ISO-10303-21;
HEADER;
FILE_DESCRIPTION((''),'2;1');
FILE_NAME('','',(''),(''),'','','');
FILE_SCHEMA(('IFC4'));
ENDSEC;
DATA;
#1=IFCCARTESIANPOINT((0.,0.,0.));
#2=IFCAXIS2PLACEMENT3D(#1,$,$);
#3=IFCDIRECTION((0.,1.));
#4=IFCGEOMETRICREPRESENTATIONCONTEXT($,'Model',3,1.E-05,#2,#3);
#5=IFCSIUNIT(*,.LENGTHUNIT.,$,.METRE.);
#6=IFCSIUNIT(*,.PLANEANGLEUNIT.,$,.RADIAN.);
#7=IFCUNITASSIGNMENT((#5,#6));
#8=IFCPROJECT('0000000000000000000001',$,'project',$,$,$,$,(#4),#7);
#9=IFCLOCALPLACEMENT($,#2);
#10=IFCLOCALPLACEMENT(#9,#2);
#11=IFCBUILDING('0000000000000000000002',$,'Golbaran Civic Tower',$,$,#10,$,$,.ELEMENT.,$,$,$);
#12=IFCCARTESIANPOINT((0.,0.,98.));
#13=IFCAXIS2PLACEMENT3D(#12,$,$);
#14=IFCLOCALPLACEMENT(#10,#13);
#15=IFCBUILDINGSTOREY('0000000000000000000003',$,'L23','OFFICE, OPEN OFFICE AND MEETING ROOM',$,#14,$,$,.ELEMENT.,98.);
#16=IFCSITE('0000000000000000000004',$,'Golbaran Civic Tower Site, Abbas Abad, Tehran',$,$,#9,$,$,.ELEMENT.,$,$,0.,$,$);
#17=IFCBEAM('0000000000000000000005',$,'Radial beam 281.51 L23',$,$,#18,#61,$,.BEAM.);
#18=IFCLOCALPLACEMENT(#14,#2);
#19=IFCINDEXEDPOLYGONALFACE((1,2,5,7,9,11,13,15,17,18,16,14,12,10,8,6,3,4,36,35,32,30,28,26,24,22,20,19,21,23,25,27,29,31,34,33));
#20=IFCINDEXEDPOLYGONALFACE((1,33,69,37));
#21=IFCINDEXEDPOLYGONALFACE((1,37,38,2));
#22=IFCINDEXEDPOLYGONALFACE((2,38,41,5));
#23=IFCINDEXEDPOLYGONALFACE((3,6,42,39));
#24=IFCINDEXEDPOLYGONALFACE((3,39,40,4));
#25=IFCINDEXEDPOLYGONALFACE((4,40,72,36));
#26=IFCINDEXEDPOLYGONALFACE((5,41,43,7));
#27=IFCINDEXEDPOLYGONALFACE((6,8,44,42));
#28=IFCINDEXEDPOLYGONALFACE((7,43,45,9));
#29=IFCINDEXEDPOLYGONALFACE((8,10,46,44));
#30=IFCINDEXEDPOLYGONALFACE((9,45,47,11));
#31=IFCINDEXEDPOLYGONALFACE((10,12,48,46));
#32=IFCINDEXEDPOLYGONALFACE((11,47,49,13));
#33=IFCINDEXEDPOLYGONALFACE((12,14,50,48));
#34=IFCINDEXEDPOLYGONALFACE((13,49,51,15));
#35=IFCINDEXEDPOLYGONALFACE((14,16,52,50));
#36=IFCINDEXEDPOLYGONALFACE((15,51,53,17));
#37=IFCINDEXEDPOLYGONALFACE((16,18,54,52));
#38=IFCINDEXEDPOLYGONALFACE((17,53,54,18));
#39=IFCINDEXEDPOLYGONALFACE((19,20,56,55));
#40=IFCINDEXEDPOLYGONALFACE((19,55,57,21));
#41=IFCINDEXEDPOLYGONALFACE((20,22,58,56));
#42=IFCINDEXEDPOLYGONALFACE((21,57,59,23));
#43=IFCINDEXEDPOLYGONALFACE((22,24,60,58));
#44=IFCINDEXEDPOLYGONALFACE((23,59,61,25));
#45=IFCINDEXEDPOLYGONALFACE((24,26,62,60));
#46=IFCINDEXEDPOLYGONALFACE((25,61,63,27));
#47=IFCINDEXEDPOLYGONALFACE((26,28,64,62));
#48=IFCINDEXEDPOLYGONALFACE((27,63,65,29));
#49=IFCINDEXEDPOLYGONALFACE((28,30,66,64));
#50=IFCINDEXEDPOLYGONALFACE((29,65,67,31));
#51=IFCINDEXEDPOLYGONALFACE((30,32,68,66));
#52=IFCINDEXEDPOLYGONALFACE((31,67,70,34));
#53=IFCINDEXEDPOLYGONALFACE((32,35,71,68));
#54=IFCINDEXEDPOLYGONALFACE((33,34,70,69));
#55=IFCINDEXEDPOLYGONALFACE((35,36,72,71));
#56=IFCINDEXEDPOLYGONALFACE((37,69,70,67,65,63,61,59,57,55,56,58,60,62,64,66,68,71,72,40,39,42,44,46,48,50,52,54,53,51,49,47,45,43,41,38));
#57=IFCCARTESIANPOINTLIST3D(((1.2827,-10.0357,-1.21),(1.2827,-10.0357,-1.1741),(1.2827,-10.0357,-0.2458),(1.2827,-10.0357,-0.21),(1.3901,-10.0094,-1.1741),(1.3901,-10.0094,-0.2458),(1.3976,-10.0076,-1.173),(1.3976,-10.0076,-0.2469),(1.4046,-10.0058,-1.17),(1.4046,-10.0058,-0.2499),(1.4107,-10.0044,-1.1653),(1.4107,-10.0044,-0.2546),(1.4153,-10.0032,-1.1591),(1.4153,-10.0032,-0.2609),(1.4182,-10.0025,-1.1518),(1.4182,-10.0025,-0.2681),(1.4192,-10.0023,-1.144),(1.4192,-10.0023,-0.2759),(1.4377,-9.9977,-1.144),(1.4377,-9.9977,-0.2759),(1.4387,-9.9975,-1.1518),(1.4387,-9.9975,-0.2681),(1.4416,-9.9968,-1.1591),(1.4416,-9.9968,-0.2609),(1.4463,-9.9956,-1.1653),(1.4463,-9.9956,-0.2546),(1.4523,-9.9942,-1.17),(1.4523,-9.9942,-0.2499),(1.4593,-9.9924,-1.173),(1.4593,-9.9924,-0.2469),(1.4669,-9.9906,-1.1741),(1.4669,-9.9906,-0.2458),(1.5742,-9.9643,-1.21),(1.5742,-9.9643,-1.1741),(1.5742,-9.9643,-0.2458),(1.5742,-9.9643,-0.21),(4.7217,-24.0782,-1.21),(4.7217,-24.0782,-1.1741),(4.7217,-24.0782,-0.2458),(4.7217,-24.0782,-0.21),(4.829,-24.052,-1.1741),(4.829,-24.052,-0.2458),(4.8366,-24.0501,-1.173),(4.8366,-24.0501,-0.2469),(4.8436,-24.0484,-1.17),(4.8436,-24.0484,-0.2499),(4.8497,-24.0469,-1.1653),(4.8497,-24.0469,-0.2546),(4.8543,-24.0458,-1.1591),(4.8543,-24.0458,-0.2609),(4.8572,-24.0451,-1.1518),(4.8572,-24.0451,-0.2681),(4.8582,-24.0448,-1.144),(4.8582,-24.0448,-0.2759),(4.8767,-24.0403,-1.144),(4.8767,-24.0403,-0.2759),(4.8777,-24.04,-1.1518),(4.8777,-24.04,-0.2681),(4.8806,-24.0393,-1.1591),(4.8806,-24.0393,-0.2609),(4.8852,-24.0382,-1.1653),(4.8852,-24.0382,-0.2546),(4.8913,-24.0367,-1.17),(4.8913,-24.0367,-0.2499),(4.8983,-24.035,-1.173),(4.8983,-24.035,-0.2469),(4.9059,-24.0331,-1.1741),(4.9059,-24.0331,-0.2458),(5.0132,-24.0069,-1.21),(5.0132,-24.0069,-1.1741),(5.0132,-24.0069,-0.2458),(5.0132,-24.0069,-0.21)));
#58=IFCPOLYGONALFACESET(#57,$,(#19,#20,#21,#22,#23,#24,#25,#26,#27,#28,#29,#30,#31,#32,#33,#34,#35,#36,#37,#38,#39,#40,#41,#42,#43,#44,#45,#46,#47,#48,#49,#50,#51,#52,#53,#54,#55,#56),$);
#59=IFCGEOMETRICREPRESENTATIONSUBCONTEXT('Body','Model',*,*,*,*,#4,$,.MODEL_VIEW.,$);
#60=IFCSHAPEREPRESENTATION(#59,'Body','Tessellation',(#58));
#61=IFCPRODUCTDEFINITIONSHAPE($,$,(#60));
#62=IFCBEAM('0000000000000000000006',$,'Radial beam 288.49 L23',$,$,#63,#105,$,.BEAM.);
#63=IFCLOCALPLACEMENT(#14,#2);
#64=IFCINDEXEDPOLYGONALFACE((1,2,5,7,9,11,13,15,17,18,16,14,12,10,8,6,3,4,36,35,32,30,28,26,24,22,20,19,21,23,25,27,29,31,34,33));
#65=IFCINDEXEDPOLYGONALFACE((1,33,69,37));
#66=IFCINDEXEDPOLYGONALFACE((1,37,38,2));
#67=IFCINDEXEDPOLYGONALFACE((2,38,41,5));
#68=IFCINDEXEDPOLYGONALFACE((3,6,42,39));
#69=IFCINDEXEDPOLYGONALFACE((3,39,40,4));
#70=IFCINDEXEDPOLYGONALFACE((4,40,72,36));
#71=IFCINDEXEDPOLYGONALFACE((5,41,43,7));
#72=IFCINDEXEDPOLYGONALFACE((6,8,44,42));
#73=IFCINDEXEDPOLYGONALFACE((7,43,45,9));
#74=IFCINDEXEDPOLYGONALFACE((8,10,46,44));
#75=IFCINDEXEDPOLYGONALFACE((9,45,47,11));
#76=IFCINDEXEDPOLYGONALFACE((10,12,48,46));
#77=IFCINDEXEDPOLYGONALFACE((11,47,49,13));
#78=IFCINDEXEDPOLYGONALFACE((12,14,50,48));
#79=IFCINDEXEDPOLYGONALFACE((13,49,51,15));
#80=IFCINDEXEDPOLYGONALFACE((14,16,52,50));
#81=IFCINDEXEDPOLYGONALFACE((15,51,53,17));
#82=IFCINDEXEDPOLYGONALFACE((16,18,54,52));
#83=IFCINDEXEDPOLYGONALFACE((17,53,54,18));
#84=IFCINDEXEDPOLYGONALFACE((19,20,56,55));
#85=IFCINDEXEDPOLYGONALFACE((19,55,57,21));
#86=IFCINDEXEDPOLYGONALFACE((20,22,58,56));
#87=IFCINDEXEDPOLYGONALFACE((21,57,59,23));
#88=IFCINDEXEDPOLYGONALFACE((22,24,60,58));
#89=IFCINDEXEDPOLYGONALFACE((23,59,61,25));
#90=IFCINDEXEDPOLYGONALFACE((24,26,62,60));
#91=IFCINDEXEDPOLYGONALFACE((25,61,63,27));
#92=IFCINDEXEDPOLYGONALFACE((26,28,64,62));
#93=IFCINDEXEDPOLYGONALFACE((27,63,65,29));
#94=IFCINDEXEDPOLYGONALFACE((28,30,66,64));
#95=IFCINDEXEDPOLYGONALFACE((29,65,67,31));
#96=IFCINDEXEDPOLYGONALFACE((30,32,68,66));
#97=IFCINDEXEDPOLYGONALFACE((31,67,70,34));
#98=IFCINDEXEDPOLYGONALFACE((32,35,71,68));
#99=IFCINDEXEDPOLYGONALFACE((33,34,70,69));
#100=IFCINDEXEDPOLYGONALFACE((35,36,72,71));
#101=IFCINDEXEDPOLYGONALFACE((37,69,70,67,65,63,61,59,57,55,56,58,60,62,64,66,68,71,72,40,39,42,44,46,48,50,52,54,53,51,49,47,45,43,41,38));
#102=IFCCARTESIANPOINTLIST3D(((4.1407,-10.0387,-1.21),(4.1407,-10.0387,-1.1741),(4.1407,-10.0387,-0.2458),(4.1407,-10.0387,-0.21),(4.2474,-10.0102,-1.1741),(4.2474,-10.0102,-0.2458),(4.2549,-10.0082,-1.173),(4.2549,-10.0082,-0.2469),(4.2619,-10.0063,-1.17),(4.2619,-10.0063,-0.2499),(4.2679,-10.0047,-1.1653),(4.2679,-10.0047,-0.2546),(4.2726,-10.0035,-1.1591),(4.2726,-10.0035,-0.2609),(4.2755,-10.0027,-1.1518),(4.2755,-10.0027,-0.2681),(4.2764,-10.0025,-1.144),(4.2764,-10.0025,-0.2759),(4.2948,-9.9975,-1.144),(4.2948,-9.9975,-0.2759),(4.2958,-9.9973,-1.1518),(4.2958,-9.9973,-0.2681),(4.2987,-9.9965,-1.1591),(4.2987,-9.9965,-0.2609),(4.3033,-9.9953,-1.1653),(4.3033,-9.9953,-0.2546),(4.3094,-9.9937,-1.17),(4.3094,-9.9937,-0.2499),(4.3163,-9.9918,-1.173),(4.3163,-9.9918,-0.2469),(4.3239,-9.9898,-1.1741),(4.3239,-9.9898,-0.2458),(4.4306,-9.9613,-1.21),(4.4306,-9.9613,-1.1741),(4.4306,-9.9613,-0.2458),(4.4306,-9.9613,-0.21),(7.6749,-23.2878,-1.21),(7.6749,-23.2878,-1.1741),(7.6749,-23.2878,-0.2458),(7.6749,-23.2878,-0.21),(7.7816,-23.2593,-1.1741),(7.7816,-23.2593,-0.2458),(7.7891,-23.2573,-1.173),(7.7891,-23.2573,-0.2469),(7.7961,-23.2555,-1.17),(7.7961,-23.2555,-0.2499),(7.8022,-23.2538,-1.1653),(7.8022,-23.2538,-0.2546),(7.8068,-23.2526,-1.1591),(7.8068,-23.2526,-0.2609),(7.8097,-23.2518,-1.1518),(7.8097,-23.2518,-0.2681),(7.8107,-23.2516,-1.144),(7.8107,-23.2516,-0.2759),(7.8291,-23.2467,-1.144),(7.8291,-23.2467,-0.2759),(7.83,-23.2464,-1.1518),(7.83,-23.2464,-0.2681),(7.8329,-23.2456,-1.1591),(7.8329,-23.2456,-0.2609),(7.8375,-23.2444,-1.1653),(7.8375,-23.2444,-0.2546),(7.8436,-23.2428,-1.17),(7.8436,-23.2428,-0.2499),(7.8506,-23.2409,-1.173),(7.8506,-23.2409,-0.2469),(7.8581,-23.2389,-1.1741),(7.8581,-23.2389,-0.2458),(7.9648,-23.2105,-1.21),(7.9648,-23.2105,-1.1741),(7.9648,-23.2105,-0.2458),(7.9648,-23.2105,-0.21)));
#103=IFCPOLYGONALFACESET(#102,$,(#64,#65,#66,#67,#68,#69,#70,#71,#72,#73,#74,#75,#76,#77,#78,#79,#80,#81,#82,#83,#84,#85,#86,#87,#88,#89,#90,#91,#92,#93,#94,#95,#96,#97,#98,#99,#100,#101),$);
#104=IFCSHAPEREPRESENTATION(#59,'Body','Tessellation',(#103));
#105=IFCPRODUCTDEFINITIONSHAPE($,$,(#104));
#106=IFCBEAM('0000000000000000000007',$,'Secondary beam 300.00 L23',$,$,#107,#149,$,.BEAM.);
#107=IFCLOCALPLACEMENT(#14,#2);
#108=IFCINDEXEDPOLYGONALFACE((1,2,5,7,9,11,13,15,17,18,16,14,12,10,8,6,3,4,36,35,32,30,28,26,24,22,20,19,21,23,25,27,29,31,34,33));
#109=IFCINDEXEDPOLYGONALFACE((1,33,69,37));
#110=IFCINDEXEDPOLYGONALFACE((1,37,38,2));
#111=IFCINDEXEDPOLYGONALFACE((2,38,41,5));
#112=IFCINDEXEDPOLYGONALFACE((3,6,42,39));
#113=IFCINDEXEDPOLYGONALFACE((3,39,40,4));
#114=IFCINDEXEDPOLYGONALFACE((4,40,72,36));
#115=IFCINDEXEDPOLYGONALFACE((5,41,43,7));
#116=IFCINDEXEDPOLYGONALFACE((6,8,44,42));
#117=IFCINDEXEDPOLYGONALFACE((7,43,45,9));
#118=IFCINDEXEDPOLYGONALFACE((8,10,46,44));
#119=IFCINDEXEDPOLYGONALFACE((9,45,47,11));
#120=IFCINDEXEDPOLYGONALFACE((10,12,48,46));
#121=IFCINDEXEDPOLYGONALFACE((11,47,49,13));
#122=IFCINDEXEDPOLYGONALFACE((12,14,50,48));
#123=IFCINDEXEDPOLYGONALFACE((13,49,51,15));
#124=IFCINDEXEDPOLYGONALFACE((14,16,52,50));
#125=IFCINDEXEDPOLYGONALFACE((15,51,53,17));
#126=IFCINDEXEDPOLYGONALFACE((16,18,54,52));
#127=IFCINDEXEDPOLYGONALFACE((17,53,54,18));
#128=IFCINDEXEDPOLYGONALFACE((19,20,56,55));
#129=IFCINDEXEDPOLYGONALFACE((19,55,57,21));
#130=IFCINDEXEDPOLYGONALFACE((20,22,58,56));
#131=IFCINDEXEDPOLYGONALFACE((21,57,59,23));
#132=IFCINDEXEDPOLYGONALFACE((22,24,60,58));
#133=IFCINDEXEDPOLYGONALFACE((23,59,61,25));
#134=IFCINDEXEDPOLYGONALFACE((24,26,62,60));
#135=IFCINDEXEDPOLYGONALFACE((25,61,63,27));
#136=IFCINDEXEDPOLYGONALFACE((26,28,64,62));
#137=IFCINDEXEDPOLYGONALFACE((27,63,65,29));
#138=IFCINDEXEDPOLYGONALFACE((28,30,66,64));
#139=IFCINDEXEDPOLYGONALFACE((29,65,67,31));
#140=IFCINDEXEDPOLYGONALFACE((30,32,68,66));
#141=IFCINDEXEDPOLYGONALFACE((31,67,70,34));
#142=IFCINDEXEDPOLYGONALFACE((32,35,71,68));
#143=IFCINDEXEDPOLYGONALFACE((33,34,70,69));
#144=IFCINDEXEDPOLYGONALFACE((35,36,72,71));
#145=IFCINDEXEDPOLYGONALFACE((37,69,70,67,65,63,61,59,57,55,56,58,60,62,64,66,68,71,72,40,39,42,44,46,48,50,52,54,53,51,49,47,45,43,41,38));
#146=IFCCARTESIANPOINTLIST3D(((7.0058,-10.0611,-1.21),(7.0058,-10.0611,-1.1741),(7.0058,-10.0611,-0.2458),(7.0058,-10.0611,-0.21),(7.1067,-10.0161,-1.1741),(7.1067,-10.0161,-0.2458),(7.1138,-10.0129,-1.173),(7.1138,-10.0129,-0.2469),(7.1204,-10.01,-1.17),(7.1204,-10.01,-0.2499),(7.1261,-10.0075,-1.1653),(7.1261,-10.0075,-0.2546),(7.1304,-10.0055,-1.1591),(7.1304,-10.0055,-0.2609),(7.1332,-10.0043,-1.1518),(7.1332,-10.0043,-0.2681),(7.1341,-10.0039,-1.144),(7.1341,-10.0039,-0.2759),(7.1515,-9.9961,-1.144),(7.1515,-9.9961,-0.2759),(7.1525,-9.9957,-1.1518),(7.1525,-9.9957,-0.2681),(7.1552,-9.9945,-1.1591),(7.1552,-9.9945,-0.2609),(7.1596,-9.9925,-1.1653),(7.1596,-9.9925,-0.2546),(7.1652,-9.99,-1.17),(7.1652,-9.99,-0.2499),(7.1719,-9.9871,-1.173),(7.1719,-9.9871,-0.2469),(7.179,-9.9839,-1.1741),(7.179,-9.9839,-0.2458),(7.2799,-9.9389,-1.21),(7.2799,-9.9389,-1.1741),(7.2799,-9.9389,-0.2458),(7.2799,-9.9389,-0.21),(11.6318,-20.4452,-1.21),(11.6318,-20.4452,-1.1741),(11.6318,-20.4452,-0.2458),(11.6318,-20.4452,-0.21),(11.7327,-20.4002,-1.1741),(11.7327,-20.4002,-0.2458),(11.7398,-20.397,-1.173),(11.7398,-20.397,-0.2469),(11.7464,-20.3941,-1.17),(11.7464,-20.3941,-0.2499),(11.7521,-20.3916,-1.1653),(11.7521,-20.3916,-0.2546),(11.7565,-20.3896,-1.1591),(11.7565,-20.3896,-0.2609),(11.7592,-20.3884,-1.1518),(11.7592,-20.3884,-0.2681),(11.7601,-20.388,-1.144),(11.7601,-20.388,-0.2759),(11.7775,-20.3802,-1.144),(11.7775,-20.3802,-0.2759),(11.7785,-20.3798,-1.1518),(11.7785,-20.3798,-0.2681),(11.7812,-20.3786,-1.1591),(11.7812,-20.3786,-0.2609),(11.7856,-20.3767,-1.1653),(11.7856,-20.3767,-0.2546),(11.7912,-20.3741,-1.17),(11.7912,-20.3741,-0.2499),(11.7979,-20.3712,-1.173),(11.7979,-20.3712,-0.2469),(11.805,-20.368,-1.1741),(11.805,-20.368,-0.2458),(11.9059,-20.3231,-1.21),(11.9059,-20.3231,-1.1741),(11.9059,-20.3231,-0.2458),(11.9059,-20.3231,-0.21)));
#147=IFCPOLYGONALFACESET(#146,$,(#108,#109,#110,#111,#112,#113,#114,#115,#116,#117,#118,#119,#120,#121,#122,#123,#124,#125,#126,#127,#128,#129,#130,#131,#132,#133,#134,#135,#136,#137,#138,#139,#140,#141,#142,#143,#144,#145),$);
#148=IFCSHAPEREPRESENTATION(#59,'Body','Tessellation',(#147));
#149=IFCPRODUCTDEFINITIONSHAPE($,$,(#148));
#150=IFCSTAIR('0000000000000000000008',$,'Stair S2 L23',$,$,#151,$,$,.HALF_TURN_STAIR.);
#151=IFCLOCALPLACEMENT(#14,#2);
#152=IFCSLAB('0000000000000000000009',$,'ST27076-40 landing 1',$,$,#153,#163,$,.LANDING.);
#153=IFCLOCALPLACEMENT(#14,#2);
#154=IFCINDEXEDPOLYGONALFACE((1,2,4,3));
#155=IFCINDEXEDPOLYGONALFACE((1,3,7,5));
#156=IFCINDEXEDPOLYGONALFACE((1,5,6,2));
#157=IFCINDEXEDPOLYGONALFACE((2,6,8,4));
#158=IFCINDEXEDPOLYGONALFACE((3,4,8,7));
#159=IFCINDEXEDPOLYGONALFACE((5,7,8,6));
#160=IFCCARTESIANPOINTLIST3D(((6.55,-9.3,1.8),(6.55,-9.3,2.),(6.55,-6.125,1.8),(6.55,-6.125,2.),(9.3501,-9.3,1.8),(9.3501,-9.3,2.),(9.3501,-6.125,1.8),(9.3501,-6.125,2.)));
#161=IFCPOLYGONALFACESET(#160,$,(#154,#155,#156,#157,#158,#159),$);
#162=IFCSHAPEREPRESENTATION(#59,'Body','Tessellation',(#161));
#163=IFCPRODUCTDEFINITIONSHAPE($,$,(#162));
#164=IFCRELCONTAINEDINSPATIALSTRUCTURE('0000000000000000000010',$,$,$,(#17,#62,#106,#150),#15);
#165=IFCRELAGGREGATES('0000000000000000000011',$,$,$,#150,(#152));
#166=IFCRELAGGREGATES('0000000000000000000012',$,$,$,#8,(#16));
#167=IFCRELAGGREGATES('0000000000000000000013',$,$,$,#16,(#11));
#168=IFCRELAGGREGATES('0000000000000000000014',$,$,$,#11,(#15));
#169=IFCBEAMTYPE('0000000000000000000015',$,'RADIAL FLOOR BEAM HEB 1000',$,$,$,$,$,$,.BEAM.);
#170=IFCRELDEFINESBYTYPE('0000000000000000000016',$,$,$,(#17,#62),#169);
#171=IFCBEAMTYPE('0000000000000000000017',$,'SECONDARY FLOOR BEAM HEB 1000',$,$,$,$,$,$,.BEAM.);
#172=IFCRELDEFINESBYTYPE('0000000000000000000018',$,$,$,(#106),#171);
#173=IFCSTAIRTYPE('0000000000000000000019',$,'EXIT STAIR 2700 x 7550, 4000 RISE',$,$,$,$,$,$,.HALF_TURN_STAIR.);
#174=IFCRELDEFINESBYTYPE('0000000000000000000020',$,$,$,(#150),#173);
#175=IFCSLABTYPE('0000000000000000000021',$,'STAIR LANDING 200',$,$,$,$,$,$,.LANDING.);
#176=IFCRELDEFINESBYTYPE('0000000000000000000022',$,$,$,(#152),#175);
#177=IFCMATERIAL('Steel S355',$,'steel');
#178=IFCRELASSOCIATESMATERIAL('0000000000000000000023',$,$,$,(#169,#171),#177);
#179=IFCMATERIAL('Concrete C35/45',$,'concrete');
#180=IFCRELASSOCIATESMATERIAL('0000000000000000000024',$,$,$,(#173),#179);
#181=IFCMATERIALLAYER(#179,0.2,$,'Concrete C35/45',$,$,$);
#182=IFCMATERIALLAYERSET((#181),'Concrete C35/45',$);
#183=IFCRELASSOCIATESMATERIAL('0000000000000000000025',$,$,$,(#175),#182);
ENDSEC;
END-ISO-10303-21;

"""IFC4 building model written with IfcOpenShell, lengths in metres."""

from ifc_helpers import new_model, si_unit, direction, frame, origin, origin_2d, place, context, subcontext, project, spatial, polyline, i_section, outline, extrude, material, layer, layer_set, material_profile, profile_set, type_object, element, aggregate, save


model = new_model("IFC4")

# Units and contexts
model_context = context("Model", 3, precision=1e-05, world=origin(), true_north=direction((0.0, 1.0)))
body_context = subcontext(model_context, "Body", "Model", "MODEL_VIEW")
ifc_project = project(units=[si_unit("LENGTHUNIT", "METRE"), si_unit("PLANEANGLEUNIT", "RADIAN")], contexts=[model_context])

# Site, building, storey
site_placement = place(None, origin())
site = spatial("IfcSite", under=ifc_project, at=site_placement, Name="Golbaran Civic Tower Site, Abbas Abad, Tehran", CompositionType="ELEMENT", RefElevation=0.0)
building_placement = place(site_placement, origin())
building = spatial("IfcBuilding", under=site, at=building_placement, Name="Golbaran Civic Tower", CompositionType="ELEMENT")
storey_placement = place(building_placement, frame((0.0, 0.0, 98.0)))
storey = spatial("IfcBuildingStorey", under=building, at=storey_placement, Name="L23", Description="OFFICE, OPEN OFFICE AND MEETING ROOM", CompositionType="ELEMENT", Elevation=98.0)

# Beams
ifc_material_1 = material(Name="Steel S355", Category="steel")
ifc_material_profile_1 = material_profile(ifc_material_1, i_section(OverallWidth=0.3, OverallDepth=1.0, WebThickness=0.019, FlangeThickness=0.0359, FilletRadius=0.03, at=origin_2d()), Name="HEB 1000")
ifc_profile_set_1 = profile_set([ifc_material_profile_1], Name="Steel S355")
beam_type_1 = type_object("IfcBeamType", Name="RADIAL FLOOR BEAM HEB 1000", PredefinedType="BEAM", material=ifc_profile_set_1)
beam_1_placement = place(storey_placement, frame((1.4285, -10.0, -0.71), z_axis=(0.237868, -0.971297, 0.0), x_axis=(0.971297, 0.237868, 0.0)))
element("IfcBeam", 1, at=beam_1_placement, inside=storey, type_object=beam_type_1, Name="Radial beam 281.51 L23", PredefinedType="BEAM", context=body_context, shape_type="SweptSolid", body=[
    extrude(i_section(OverallWidth=0.3, OverallDepth=1.0, WebThickness=0.019, FlangeThickness=0.0359, FilletRadius=0.03, at=origin_2d()), origin(), (0.0, 0.0, 1.0), 14.4575),
])
beam_2_placement = place(storey_placement, frame((4.2856, -10.0, -0.71), z_axis=(0.257738, -0.966215, 0.0), x_axis=(0.966215, 0.257738, 0.0)))
element("IfcBeam", 2, at=beam_2_placement, inside=storey, type_object=beam_type_1, Name="Radial beam 288.49 L23", PredefinedType="BEAM", context=body_context, shape_type="SweptSolid", body=[
    extrude(i_section(OverallWidth=0.3, OverallDepth=1.0, WebThickness=0.019, FlangeThickness=0.0359, FilletRadius=0.03, at=origin_2d()), origin(), (0.0, 0.0, 1.0), 13.7124),
])
ifc_material_profile_2 = material_profile(ifc_material_1, i_section(OverallWidth=0.3, OverallDepth=1.0, WebThickness=0.019, FlangeThickness=0.0359, FilletRadius=0.03, at=origin_2d()), Name="HEB 1000")
ifc_profile_set_2 = profile_set([ifc_material_profile_2], Name="Steel S355")
beam_type_2 = type_object("IfcBeamType", Name="SECONDARY FLOOR BEAM HEB 1000", PredefinedType="BEAM", material=ifc_profile_set_2)
beam_3_placement = place(storey_placement, frame((7.1428, -10.0, -0.71), z_axis=(0.406935, -0.913457, 0.0), x_axis=(0.913457, 0.406935, 0.0)))
element("IfcBeam", 3, at=beam_3_placement, inside=storey, type_object=beam_type_2, Name="Secondary beam 300.00 L23", PredefinedType="BEAM", context=body_context, shape_type="SweptSolid", body=[
    extrude(i_section(OverallWidth=0.3, OverallDepth=1.0, WebThickness=0.019, FlangeThickness=0.0359, FilletRadius=0.03, at=origin_2d()), origin(), (0.0, 0.0, 1.0), 11.3679),
])

# Stair, slab
ifc_material_2 = material(Name="Concrete C35/45", Category="concrete")
stair_type = type_object("IfcStairType", Name="EXIT STAIR 2700 x 7550, 4000 RISE", PredefinedType="HALF_TURN_STAIR", material=ifc_material_2)
stair_placement = place(storey_placement, origin())
stair = element("IfcStair", 4, at=stair_placement, inside=storey, type_object=stair_type, Name="Stair S2 L23", PredefinedType="HALF_TURN_STAIR")
ifc_layer_1 = layer(ifc_material_2, 0.2, Name="Concrete C35/45")
ifc_layer_set_1 = layer_set([ifc_layer_1], Name="Concrete C35/45")
slab_type = type_object("IfcSlabType", Name="STAIR LANDING 200", PredefinedType="LANDING", material=ifc_layer_set_1)
slab_placement = place(storey_placement, frame((0.0, 0.0, 1.8)))
slab = element("IfcSlab", 5, at=slab_placement, type_object=slab_type, Name="ST27076-40 landing 1", PredefinedType="LANDING", context=body_context, shape_type="SweptSolid", body=[
    extrude(outline(polyline([(9.3501, -6.125), (9.3501, -9.3), (6.55, -9.3), (6.55, -6.125), (9.3501, -6.125)])), origin(), (0.0, 0.0, 1.0), 0.2),
])

aggregate(stair, [slab])

save(model, "model.ifc")
